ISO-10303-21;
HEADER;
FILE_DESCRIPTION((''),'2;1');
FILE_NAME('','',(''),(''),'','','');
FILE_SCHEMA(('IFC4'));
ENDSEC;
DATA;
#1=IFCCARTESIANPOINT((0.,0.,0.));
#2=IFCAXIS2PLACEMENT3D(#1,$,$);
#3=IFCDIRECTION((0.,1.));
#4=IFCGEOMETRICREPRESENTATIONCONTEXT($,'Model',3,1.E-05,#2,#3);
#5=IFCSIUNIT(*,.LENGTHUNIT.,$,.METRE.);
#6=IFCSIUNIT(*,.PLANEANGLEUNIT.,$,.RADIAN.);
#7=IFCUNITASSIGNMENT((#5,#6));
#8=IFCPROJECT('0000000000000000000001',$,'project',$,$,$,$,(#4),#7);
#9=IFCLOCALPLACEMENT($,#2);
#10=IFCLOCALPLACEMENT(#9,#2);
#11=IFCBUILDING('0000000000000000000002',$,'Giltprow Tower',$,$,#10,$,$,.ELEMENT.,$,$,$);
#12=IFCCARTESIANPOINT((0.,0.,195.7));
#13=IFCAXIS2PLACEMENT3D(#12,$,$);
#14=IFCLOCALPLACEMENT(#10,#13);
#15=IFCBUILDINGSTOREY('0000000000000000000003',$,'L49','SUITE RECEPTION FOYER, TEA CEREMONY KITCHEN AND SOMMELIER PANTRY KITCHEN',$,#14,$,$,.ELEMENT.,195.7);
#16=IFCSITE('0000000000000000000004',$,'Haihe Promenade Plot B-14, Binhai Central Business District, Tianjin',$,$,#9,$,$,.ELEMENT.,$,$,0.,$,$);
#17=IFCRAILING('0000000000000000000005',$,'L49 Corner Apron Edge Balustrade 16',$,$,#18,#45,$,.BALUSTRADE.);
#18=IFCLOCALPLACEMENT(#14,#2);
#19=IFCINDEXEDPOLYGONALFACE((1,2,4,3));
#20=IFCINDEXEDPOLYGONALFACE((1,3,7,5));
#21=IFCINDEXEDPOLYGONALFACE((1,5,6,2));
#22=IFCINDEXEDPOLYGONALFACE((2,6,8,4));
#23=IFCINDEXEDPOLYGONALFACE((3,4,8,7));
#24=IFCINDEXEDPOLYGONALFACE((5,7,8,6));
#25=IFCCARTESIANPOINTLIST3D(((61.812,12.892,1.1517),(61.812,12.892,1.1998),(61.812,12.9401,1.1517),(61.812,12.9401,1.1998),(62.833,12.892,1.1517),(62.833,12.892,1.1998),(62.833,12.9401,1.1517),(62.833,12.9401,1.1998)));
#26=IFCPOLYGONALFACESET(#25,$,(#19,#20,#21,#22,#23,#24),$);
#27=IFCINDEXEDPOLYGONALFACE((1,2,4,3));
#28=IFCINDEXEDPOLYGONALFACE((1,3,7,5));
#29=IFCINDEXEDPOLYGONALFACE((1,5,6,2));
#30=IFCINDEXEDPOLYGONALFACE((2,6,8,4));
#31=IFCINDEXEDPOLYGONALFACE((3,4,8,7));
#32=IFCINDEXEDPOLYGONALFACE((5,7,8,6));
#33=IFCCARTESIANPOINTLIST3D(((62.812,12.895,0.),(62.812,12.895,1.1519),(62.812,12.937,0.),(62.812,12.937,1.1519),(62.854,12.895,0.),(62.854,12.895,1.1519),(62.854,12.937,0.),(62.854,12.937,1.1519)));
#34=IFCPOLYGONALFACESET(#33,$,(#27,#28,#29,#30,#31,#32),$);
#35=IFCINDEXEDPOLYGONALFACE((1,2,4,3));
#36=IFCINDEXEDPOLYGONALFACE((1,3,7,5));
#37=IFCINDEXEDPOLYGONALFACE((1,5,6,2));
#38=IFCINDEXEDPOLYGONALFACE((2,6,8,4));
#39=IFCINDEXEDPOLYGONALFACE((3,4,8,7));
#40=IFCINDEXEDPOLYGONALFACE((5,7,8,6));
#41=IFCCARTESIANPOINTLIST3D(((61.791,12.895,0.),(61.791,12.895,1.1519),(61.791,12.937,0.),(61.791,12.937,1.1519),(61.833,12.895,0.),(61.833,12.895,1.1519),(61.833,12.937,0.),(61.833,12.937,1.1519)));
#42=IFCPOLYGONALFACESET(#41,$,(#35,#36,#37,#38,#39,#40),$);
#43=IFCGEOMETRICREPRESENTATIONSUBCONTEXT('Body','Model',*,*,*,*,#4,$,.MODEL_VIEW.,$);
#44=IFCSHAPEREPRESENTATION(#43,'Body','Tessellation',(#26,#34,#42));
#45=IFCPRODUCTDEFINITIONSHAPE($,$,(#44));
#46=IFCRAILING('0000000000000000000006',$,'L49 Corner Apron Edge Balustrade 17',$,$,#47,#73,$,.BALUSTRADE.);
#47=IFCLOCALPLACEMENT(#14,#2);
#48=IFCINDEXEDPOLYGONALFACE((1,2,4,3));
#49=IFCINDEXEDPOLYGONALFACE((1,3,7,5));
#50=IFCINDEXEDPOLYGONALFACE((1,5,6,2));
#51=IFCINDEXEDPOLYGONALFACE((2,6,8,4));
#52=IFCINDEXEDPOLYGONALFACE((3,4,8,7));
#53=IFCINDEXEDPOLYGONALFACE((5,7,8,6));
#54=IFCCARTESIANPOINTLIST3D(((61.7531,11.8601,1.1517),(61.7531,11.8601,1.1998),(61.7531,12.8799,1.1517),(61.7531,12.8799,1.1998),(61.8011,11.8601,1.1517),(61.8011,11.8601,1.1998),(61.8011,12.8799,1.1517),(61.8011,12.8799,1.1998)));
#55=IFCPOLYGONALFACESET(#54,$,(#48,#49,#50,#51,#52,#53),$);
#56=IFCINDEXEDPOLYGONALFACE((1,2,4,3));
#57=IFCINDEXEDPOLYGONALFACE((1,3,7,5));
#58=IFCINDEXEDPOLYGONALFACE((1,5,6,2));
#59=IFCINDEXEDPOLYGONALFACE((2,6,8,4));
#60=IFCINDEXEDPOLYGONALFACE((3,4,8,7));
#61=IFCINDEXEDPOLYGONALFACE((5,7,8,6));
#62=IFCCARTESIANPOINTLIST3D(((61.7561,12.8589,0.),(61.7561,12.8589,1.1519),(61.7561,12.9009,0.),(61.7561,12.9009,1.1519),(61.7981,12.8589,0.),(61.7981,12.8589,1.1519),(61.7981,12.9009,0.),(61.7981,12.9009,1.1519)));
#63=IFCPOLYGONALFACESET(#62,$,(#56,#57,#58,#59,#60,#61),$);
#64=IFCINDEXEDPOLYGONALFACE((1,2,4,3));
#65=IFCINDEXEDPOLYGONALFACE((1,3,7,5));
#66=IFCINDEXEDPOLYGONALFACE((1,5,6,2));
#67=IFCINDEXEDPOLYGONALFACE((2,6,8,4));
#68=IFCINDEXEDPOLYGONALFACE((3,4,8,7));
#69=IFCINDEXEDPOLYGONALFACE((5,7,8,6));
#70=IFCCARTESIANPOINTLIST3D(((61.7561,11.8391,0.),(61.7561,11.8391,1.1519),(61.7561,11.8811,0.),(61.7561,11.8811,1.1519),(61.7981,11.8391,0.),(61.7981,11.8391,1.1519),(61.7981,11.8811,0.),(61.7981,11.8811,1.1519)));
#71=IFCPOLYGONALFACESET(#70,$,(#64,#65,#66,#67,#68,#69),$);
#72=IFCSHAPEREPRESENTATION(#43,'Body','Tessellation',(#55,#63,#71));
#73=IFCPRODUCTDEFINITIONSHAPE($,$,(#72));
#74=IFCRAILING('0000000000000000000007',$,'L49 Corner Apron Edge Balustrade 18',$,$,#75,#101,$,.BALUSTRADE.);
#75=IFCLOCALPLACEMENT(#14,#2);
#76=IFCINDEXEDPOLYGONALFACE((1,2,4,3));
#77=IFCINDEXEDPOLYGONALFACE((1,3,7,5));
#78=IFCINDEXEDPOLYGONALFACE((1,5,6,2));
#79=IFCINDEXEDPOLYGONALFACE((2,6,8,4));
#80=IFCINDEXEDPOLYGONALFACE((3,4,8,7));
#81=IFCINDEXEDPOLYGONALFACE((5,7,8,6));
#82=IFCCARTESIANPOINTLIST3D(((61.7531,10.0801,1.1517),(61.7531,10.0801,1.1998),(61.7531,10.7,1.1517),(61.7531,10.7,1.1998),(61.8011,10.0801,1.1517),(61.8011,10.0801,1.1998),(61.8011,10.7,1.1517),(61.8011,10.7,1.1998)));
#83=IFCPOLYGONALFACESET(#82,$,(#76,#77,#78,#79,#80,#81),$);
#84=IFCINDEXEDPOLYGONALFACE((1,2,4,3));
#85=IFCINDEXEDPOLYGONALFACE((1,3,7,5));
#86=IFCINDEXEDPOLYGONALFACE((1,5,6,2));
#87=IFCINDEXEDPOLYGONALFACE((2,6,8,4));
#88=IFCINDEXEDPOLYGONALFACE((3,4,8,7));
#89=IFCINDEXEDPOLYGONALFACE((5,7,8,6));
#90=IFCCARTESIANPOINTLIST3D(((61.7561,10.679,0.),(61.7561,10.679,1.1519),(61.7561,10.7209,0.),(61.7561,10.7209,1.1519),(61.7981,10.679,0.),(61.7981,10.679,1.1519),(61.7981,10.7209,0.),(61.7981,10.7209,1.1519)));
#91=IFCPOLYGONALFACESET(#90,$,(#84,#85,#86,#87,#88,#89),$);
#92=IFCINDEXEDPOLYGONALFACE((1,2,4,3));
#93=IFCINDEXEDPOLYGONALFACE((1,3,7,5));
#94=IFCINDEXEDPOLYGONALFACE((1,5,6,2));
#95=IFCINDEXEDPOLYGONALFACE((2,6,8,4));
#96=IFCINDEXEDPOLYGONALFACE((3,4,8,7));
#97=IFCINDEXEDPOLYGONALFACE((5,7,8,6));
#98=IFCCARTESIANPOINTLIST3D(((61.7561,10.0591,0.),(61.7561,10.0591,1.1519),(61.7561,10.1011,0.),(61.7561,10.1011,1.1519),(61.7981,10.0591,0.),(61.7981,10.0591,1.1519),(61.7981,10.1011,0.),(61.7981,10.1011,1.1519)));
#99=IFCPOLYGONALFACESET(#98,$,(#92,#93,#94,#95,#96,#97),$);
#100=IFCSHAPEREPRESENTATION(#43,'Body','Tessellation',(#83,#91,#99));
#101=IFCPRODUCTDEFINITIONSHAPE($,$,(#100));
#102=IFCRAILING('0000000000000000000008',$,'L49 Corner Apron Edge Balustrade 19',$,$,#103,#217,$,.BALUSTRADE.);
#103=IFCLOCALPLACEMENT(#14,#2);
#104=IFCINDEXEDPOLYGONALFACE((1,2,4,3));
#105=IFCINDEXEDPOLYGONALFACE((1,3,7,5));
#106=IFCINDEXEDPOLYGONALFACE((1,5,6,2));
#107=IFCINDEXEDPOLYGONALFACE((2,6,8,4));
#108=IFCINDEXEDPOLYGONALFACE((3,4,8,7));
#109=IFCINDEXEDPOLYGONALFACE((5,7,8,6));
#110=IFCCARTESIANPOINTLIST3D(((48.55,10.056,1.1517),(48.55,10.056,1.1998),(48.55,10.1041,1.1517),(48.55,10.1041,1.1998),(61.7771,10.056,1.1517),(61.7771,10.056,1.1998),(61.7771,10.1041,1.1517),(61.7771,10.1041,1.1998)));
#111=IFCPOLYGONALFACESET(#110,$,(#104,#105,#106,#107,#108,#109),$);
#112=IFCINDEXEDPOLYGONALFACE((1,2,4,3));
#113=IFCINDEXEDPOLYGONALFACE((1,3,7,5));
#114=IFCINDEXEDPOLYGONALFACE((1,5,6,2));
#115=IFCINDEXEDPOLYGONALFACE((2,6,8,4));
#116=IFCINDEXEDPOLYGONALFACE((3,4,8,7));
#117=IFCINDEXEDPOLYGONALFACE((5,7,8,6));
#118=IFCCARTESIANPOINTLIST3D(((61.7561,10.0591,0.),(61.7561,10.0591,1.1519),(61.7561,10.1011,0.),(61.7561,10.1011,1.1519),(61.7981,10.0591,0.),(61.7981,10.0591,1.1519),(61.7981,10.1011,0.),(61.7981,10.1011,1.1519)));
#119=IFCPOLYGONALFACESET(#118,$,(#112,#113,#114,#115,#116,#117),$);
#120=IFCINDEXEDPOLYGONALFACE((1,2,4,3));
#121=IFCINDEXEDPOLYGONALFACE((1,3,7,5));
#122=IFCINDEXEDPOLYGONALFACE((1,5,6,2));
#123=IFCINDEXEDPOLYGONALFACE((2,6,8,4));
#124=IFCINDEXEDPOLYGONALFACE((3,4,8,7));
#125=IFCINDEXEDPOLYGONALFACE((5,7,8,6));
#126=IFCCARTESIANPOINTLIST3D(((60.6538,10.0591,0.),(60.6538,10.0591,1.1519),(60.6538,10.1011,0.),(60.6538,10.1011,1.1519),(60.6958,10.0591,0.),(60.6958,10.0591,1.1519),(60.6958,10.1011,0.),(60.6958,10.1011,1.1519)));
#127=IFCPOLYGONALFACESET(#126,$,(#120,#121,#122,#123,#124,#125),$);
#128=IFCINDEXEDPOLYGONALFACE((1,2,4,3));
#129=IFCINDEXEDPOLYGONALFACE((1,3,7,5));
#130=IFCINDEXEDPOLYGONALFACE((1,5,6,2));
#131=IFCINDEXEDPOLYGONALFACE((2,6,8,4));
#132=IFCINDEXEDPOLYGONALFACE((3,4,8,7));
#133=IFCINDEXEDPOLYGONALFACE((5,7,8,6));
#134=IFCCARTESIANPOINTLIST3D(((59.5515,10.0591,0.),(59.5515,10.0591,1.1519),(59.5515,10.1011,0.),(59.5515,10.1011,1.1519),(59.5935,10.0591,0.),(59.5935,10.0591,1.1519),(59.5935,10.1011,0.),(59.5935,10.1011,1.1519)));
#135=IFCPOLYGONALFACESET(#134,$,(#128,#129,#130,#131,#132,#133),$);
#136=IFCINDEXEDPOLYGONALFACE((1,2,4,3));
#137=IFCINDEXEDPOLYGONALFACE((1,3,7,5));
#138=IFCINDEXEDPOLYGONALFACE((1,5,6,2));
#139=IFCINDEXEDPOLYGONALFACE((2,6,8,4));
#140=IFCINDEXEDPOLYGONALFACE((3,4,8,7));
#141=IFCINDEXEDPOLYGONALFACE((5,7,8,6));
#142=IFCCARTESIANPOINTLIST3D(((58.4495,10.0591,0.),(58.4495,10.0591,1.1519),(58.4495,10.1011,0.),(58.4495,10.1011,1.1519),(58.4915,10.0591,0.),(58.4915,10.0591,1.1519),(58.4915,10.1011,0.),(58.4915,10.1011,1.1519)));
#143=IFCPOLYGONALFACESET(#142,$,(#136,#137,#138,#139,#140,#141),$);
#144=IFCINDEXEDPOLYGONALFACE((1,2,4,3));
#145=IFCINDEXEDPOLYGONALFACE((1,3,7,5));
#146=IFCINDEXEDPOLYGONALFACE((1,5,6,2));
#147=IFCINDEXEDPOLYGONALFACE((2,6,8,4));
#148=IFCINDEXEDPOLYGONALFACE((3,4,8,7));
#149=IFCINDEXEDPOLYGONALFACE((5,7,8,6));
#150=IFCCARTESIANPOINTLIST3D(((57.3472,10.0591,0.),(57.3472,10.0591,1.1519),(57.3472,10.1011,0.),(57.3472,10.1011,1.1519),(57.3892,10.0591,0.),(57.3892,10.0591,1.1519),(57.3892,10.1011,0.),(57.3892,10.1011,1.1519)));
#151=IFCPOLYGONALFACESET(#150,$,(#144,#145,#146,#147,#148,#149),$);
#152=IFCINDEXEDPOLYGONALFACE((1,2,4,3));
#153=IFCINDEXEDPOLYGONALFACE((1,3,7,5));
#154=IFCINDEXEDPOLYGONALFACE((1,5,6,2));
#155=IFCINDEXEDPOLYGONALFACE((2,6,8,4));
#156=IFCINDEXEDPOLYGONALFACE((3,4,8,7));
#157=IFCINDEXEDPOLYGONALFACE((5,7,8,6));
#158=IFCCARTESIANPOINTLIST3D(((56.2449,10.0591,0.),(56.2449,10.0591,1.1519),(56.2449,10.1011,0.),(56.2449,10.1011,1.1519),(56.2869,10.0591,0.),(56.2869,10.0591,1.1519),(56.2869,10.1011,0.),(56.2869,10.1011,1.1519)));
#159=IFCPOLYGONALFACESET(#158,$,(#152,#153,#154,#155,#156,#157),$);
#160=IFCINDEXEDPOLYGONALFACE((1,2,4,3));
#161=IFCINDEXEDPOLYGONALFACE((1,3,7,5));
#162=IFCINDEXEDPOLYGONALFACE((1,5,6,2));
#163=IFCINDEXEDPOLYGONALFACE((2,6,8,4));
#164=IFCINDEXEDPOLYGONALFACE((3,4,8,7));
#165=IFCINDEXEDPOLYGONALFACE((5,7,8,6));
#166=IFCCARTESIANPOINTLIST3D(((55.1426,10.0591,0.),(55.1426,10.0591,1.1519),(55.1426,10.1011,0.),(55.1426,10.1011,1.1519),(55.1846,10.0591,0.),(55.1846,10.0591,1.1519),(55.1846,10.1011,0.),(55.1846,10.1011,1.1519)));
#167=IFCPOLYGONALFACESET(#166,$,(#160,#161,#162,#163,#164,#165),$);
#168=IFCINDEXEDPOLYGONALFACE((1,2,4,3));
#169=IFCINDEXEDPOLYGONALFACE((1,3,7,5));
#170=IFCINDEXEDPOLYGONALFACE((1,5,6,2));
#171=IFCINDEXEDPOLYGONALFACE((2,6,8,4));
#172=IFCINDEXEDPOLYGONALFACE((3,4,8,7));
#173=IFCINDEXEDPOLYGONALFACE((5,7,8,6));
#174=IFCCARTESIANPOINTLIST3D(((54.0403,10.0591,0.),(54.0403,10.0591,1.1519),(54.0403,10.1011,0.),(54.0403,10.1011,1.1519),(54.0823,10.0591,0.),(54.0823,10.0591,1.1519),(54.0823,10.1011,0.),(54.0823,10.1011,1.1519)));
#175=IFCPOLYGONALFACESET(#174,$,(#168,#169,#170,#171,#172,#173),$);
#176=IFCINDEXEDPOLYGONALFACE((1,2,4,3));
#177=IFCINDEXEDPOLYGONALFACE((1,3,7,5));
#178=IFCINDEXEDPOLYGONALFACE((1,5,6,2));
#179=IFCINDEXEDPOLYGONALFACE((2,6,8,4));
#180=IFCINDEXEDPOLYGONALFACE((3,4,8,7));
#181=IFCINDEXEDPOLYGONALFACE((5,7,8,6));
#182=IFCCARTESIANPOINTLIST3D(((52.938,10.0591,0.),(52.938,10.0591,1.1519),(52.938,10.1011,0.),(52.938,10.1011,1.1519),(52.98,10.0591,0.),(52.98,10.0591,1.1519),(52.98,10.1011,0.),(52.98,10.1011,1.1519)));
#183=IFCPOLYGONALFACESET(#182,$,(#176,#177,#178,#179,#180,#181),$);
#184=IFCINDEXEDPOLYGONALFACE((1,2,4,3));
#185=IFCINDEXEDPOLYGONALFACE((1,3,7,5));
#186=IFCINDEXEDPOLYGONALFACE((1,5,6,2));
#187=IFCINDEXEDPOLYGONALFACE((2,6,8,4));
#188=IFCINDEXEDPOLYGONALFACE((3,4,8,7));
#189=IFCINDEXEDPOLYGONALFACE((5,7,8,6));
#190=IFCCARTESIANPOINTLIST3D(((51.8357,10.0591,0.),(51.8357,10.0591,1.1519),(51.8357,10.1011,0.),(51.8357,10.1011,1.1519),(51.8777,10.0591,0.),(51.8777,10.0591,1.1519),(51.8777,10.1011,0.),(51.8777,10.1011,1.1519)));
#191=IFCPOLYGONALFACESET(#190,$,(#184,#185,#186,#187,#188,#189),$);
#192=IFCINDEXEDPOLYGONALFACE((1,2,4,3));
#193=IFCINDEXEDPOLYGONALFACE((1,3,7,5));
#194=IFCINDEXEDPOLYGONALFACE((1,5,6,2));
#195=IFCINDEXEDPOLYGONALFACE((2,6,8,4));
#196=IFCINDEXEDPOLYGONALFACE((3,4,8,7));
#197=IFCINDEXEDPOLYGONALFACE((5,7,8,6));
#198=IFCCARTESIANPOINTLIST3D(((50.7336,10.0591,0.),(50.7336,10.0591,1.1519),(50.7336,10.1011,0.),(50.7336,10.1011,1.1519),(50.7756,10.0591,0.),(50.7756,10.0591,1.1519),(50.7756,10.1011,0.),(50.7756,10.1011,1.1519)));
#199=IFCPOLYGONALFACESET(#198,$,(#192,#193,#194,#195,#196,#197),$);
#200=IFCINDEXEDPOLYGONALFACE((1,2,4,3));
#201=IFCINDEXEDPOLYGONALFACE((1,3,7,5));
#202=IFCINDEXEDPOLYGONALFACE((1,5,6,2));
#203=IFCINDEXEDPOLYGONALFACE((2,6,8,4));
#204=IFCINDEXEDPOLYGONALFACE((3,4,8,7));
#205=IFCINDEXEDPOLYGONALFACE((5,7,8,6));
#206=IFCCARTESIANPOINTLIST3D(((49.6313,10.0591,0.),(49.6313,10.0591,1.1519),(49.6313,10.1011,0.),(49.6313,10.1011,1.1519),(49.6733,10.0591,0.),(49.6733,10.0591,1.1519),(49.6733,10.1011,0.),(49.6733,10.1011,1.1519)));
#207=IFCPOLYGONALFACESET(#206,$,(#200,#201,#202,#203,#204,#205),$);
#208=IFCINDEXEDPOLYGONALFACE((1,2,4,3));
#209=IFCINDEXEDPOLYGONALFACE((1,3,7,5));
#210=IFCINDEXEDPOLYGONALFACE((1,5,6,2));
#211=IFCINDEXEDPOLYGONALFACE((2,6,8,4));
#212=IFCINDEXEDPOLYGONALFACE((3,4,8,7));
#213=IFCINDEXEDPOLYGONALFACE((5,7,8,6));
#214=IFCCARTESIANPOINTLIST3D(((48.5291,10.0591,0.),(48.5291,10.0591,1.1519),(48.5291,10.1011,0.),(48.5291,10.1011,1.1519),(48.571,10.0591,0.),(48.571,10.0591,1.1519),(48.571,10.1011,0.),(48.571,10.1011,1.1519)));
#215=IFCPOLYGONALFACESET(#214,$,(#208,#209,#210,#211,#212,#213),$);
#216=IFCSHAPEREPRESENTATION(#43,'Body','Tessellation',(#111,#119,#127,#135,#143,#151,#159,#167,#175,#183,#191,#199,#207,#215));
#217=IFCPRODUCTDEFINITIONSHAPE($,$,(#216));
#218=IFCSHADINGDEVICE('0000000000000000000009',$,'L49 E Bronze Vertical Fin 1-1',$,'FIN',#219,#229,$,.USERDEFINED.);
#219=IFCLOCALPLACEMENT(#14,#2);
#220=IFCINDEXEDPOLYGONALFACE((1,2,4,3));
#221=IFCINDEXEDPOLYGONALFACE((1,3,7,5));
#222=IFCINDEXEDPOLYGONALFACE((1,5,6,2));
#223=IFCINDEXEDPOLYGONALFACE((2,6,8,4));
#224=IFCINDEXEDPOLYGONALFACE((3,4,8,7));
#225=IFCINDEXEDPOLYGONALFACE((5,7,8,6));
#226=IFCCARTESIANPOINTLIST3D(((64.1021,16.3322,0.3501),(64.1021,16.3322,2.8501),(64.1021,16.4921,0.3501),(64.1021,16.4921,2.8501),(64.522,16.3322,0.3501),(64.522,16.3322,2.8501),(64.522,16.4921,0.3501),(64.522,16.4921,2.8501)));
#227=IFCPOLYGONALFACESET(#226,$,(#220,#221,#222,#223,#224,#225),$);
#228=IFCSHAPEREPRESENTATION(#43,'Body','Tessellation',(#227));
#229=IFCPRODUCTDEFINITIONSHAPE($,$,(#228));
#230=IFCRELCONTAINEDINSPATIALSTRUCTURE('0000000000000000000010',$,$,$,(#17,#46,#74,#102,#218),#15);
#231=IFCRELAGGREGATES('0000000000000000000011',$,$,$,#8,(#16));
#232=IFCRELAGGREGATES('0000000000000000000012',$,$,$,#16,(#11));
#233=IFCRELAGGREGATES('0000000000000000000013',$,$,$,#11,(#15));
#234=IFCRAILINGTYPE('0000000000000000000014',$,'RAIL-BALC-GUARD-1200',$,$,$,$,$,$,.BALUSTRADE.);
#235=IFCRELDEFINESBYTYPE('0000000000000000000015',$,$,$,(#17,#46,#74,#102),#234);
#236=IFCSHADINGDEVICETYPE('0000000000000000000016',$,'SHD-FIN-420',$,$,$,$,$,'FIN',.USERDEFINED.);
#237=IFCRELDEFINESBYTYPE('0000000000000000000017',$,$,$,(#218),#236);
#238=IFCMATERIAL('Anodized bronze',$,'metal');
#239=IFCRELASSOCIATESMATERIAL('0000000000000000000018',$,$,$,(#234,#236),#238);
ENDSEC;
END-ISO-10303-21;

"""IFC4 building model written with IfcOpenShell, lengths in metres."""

from ifc_helpers import new_model, si_unit, direction, frame, origin, origin_2d, place, context, subcontext, project, spatial, rectangle, extrude, source, transform, mapped, material, type_object, element, save


model = new_model("IFC4")

# Units and contexts
model_context = context("Model", 3, precision=1e-05, world=origin(), true_north=direction((0.0, 1.0)))
body_context = subcontext(model_context, "Body", "Model", "MODEL_VIEW")
ifc_project = project(units=[si_unit("LENGTHUNIT", "METRE"), si_unit("PLANEANGLEUNIT", "RADIAN")], contexts=[model_context])

# Site, building, storey
site_placement = place(None, origin())
site = spatial("IfcSite", under=ifc_project, at=site_placement, Name="Haihe Promenade Plot B-14, Binhai Central Business District, Tianjin", CompositionType="ELEMENT", RefElevation=0.0)
building_placement = place(site_placement, origin())
building = spatial("IfcBuilding", under=site, at=building_placement, Name="Giltprow Tower", CompositionType="ELEMENT")
storey_placement = place(building_placement, frame((0.0, 0.0, 195.7)))
storey = spatial("IfcBuildingStorey", under=building, at=storey_placement, Name="L49", Description="SUITE RECEPTION FOYER, TEA CEREMONY KITCHEN AND SOMMELIER PANTRY KITCHEN", CompositionType="ELEMENT", Elevation=195.7)

# Shared definitions
ifc_material_1 = material(Name="Anodized bronze", Category="metal")

# Railings
railing_type = type_object("IfcRailingType", Name="RAIL-BALC-GUARD-1200", PredefinedType="BALUSTRADE", material=ifc_material_1)
railing_1_placement = place(storey_placement, frame((62.833, 12.916, 0.0)))
element("IfcRailing", 1, at=railing_1_placement, inside=storey, type_object=railing_type, Name="L49 Corner Apron Edge Balustrade 16", PredefinedType="BALUSTRADE", context=body_context, shape_type="SweptSolid", body=[
    extrude(rectangle(XDim=0.0481, YDim=0.0481, at=origin_2d()), frame((0.0, 0.0, 1.1758), z_axis=(-1.0, 0.0, 0.0), x_axis=(0.0, -1.0, 0.0)), (0.0, 0.0, 1.0), 1.021),
    extrude(rectangle(XDim=0.042, YDim=0.042, at=origin_2d()), origin(), (0.0, 0.0, 1.0), 1.1519),
    extrude(rectangle(XDim=0.042, YDim=0.042, at=origin_2d()), frame((-1.021, 0.0, 0.0)), (0.0, 0.0, 1.0), 1.1519),
])
railing_2_placement = place(storey_placement, frame((61.7771, 12.8799, 0.0)))
element("IfcRailing", 2, at=railing_2_placement, inside=storey, type_object=railing_type, Name="L49 Corner Apron Edge Balustrade 17", PredefinedType="BALUSTRADE", context=body_context, shape_type="SweptSolid", body=[
    extrude(rectangle(XDim=0.0481, YDim=0.0481, at=origin_2d()), frame((0.0, 0.0, 1.1758), z_axis=(0.0, -1.0, 0.0), x_axis=(1.0, 0.0, 0.0)), (0.0, 0.0, 1.0), 1.0198),
    extrude(rectangle(XDim=0.042, YDim=0.042, at=origin_2d()), origin(), (0.0, 0.0, 1.0), 1.1519),
    extrude(rectangle(XDim=0.042, YDim=0.042, at=origin_2d()), frame((0.0, -1.0198, 0.0)), (0.0, 0.0, 1.0), 1.1519),
])
railing_3_placement = place(storey_placement, frame((61.7771, 10.7, 0.0)))
element("IfcRailing", 3, at=railing_3_placement, inside=storey, type_object=railing_type, Name="L49 Corner Apron Edge Balustrade 18", PredefinedType="BALUSTRADE", context=body_context, shape_type="SweptSolid", body=[
    extrude(rectangle(XDim=0.0481, YDim=0.0481, at=origin_2d()), frame((0.0, 0.0, 1.1758), z_axis=(0.0, -1.0, 0.0), x_axis=(1.0, 0.0, 0.0)), (0.0, 0.0, 1.0), 0.6199),
    extrude(rectangle(XDim=0.042, YDim=0.042, at=origin_2d()), origin(), (0.0, 0.0, 1.0), 1.1519),
    extrude(rectangle(XDim=0.042, YDim=0.042, at=origin_2d()), frame((0.0, -0.6199, 0.0)), (0.0, 0.0, 1.0), 1.1519),
])
railing_4_placement = place(storey_placement, frame((61.7771, 10.0801, 0.0)))
element("IfcRailing", 4, at=railing_4_placement, inside=storey, type_object=railing_type, Name="L49 Corner Apron Edge Balustrade 19", PredefinedType="BALUSTRADE", context=body_context, shape_type="SweptSolid", body=[
    extrude(rectangle(XDim=0.0481, YDim=0.0481, at=origin_2d()), frame((0.0, 0.0, 1.1758), z_axis=(-1.0, 0.0, 0.0), x_axis=(0.0, -1.0, 0.0)), (0.0, 0.0, 1.0), 13.2271),
    extrude(rectangle(XDim=0.042, YDim=0.042, at=origin_2d()), origin(), (0.0, 0.0, 1.0), 1.1519),
    extrude(rectangle(XDim=0.042, YDim=0.042, at=origin_2d()), frame((-1.1023, 0.0, 0.0)), (0.0, 0.0, 1.0), 1.1519),
    extrude(rectangle(XDim=0.042, YDim=0.042, at=origin_2d()), frame((-2.2046, 0.0, 0.0)), (0.0, 0.0, 1.0), 1.1519),
    extrude(rectangle(XDim=0.042, YDim=0.042, at=origin_2d()), frame((-3.3066, 0.0, 0.0)), (0.0, 0.0, 1.0), 1.1519),
    extrude(rectangle(XDim=0.042, YDim=0.042, at=origin_2d()), frame((-4.4089, 0.0, 0.0)), (0.0, 0.0, 1.0), 1.1519),
    extrude(rectangle(XDim=0.042, YDim=0.042, at=origin_2d()), frame((-5.5112, 0.0, 0.0)), (0.0, 0.0, 1.0), 1.1519),
    extrude(rectangle(XDim=0.042, YDim=0.042, at=origin_2d()), frame((-6.6135, 0.0, 0.0)), (0.0, 0.0, 1.0), 1.1519),
    extrude(rectangle(XDim=0.042, YDim=0.042, at=origin_2d()), frame((-7.7158, 0.0, 0.0)), (0.0, 0.0, 1.0), 1.1519),
    extrude(rectangle(XDim=0.042, YDim=0.042, at=origin_2d()), frame((-8.8181, 0.0, 0.0)), (0.0, 0.0, 1.0), 1.1519),
    extrude(rectangle(XDim=0.042, YDim=0.042, at=origin_2d()), frame((-9.9204, 0.0, 0.0)), (0.0, 0.0, 1.0), 1.1519),
    extrude(rectangle(XDim=0.042, YDim=0.042, at=origin_2d()), frame((-11.0225, 0.0, 0.0)), (0.0, 0.0, 1.0), 1.1519),
    extrude(rectangle(XDim=0.042, YDim=0.042, at=origin_2d()), frame((-12.1248, 0.0, 0.0)), (0.0, 0.0, 1.0), 1.1519),
    extrude(rectangle(XDim=0.042, YDim=0.042, at=origin_2d()), frame((-13.2271, 0.0, 0.0)), (0.0, 0.0, 1.0), 1.1519),
])

# Shading device
shading_device_type = type_object("IfcShadingDeviceType", Name="SHD-FIN-420", ElementType="FIN", PredefinedType="USERDEFINED", material=ifc_material_1)
shared_shape_1 = source(origin(), body_context, "Body", "SweptSolid", [
    extrude(rectangle(XDim=0.4199, YDim=0.1599, at=origin_2d()), origin(), (0.0, 0.0, 1.0), 2.5),
])
shading_device_placement = place(storey_placement, frame((64.312, 16.4121, 0.3501), z_axis=(0.0, 0.0, 1.0), x_axis=(1.0, 0.0, 0.0)))
element("IfcShadingDevice", 5, at=shading_device_placement, inside=storey, type_object=shading_device_type, Name="L49 E Bronze Vertical Fin 1-1", ObjectType="FIN", PredefinedType="USERDEFINED", context=body_context, shape_type="MappedRepresentation", body=[
    mapped(shared_shape_1, transform((0.0, 0.0, 0.0), x_axis=(1.0, 0.0, 0.0), y_axis=(0.0, 1.0, 0.0), z_axis=(0.0, 0.0, 1.0), scale=1.0)),
])

save(model, "model.ifc")
